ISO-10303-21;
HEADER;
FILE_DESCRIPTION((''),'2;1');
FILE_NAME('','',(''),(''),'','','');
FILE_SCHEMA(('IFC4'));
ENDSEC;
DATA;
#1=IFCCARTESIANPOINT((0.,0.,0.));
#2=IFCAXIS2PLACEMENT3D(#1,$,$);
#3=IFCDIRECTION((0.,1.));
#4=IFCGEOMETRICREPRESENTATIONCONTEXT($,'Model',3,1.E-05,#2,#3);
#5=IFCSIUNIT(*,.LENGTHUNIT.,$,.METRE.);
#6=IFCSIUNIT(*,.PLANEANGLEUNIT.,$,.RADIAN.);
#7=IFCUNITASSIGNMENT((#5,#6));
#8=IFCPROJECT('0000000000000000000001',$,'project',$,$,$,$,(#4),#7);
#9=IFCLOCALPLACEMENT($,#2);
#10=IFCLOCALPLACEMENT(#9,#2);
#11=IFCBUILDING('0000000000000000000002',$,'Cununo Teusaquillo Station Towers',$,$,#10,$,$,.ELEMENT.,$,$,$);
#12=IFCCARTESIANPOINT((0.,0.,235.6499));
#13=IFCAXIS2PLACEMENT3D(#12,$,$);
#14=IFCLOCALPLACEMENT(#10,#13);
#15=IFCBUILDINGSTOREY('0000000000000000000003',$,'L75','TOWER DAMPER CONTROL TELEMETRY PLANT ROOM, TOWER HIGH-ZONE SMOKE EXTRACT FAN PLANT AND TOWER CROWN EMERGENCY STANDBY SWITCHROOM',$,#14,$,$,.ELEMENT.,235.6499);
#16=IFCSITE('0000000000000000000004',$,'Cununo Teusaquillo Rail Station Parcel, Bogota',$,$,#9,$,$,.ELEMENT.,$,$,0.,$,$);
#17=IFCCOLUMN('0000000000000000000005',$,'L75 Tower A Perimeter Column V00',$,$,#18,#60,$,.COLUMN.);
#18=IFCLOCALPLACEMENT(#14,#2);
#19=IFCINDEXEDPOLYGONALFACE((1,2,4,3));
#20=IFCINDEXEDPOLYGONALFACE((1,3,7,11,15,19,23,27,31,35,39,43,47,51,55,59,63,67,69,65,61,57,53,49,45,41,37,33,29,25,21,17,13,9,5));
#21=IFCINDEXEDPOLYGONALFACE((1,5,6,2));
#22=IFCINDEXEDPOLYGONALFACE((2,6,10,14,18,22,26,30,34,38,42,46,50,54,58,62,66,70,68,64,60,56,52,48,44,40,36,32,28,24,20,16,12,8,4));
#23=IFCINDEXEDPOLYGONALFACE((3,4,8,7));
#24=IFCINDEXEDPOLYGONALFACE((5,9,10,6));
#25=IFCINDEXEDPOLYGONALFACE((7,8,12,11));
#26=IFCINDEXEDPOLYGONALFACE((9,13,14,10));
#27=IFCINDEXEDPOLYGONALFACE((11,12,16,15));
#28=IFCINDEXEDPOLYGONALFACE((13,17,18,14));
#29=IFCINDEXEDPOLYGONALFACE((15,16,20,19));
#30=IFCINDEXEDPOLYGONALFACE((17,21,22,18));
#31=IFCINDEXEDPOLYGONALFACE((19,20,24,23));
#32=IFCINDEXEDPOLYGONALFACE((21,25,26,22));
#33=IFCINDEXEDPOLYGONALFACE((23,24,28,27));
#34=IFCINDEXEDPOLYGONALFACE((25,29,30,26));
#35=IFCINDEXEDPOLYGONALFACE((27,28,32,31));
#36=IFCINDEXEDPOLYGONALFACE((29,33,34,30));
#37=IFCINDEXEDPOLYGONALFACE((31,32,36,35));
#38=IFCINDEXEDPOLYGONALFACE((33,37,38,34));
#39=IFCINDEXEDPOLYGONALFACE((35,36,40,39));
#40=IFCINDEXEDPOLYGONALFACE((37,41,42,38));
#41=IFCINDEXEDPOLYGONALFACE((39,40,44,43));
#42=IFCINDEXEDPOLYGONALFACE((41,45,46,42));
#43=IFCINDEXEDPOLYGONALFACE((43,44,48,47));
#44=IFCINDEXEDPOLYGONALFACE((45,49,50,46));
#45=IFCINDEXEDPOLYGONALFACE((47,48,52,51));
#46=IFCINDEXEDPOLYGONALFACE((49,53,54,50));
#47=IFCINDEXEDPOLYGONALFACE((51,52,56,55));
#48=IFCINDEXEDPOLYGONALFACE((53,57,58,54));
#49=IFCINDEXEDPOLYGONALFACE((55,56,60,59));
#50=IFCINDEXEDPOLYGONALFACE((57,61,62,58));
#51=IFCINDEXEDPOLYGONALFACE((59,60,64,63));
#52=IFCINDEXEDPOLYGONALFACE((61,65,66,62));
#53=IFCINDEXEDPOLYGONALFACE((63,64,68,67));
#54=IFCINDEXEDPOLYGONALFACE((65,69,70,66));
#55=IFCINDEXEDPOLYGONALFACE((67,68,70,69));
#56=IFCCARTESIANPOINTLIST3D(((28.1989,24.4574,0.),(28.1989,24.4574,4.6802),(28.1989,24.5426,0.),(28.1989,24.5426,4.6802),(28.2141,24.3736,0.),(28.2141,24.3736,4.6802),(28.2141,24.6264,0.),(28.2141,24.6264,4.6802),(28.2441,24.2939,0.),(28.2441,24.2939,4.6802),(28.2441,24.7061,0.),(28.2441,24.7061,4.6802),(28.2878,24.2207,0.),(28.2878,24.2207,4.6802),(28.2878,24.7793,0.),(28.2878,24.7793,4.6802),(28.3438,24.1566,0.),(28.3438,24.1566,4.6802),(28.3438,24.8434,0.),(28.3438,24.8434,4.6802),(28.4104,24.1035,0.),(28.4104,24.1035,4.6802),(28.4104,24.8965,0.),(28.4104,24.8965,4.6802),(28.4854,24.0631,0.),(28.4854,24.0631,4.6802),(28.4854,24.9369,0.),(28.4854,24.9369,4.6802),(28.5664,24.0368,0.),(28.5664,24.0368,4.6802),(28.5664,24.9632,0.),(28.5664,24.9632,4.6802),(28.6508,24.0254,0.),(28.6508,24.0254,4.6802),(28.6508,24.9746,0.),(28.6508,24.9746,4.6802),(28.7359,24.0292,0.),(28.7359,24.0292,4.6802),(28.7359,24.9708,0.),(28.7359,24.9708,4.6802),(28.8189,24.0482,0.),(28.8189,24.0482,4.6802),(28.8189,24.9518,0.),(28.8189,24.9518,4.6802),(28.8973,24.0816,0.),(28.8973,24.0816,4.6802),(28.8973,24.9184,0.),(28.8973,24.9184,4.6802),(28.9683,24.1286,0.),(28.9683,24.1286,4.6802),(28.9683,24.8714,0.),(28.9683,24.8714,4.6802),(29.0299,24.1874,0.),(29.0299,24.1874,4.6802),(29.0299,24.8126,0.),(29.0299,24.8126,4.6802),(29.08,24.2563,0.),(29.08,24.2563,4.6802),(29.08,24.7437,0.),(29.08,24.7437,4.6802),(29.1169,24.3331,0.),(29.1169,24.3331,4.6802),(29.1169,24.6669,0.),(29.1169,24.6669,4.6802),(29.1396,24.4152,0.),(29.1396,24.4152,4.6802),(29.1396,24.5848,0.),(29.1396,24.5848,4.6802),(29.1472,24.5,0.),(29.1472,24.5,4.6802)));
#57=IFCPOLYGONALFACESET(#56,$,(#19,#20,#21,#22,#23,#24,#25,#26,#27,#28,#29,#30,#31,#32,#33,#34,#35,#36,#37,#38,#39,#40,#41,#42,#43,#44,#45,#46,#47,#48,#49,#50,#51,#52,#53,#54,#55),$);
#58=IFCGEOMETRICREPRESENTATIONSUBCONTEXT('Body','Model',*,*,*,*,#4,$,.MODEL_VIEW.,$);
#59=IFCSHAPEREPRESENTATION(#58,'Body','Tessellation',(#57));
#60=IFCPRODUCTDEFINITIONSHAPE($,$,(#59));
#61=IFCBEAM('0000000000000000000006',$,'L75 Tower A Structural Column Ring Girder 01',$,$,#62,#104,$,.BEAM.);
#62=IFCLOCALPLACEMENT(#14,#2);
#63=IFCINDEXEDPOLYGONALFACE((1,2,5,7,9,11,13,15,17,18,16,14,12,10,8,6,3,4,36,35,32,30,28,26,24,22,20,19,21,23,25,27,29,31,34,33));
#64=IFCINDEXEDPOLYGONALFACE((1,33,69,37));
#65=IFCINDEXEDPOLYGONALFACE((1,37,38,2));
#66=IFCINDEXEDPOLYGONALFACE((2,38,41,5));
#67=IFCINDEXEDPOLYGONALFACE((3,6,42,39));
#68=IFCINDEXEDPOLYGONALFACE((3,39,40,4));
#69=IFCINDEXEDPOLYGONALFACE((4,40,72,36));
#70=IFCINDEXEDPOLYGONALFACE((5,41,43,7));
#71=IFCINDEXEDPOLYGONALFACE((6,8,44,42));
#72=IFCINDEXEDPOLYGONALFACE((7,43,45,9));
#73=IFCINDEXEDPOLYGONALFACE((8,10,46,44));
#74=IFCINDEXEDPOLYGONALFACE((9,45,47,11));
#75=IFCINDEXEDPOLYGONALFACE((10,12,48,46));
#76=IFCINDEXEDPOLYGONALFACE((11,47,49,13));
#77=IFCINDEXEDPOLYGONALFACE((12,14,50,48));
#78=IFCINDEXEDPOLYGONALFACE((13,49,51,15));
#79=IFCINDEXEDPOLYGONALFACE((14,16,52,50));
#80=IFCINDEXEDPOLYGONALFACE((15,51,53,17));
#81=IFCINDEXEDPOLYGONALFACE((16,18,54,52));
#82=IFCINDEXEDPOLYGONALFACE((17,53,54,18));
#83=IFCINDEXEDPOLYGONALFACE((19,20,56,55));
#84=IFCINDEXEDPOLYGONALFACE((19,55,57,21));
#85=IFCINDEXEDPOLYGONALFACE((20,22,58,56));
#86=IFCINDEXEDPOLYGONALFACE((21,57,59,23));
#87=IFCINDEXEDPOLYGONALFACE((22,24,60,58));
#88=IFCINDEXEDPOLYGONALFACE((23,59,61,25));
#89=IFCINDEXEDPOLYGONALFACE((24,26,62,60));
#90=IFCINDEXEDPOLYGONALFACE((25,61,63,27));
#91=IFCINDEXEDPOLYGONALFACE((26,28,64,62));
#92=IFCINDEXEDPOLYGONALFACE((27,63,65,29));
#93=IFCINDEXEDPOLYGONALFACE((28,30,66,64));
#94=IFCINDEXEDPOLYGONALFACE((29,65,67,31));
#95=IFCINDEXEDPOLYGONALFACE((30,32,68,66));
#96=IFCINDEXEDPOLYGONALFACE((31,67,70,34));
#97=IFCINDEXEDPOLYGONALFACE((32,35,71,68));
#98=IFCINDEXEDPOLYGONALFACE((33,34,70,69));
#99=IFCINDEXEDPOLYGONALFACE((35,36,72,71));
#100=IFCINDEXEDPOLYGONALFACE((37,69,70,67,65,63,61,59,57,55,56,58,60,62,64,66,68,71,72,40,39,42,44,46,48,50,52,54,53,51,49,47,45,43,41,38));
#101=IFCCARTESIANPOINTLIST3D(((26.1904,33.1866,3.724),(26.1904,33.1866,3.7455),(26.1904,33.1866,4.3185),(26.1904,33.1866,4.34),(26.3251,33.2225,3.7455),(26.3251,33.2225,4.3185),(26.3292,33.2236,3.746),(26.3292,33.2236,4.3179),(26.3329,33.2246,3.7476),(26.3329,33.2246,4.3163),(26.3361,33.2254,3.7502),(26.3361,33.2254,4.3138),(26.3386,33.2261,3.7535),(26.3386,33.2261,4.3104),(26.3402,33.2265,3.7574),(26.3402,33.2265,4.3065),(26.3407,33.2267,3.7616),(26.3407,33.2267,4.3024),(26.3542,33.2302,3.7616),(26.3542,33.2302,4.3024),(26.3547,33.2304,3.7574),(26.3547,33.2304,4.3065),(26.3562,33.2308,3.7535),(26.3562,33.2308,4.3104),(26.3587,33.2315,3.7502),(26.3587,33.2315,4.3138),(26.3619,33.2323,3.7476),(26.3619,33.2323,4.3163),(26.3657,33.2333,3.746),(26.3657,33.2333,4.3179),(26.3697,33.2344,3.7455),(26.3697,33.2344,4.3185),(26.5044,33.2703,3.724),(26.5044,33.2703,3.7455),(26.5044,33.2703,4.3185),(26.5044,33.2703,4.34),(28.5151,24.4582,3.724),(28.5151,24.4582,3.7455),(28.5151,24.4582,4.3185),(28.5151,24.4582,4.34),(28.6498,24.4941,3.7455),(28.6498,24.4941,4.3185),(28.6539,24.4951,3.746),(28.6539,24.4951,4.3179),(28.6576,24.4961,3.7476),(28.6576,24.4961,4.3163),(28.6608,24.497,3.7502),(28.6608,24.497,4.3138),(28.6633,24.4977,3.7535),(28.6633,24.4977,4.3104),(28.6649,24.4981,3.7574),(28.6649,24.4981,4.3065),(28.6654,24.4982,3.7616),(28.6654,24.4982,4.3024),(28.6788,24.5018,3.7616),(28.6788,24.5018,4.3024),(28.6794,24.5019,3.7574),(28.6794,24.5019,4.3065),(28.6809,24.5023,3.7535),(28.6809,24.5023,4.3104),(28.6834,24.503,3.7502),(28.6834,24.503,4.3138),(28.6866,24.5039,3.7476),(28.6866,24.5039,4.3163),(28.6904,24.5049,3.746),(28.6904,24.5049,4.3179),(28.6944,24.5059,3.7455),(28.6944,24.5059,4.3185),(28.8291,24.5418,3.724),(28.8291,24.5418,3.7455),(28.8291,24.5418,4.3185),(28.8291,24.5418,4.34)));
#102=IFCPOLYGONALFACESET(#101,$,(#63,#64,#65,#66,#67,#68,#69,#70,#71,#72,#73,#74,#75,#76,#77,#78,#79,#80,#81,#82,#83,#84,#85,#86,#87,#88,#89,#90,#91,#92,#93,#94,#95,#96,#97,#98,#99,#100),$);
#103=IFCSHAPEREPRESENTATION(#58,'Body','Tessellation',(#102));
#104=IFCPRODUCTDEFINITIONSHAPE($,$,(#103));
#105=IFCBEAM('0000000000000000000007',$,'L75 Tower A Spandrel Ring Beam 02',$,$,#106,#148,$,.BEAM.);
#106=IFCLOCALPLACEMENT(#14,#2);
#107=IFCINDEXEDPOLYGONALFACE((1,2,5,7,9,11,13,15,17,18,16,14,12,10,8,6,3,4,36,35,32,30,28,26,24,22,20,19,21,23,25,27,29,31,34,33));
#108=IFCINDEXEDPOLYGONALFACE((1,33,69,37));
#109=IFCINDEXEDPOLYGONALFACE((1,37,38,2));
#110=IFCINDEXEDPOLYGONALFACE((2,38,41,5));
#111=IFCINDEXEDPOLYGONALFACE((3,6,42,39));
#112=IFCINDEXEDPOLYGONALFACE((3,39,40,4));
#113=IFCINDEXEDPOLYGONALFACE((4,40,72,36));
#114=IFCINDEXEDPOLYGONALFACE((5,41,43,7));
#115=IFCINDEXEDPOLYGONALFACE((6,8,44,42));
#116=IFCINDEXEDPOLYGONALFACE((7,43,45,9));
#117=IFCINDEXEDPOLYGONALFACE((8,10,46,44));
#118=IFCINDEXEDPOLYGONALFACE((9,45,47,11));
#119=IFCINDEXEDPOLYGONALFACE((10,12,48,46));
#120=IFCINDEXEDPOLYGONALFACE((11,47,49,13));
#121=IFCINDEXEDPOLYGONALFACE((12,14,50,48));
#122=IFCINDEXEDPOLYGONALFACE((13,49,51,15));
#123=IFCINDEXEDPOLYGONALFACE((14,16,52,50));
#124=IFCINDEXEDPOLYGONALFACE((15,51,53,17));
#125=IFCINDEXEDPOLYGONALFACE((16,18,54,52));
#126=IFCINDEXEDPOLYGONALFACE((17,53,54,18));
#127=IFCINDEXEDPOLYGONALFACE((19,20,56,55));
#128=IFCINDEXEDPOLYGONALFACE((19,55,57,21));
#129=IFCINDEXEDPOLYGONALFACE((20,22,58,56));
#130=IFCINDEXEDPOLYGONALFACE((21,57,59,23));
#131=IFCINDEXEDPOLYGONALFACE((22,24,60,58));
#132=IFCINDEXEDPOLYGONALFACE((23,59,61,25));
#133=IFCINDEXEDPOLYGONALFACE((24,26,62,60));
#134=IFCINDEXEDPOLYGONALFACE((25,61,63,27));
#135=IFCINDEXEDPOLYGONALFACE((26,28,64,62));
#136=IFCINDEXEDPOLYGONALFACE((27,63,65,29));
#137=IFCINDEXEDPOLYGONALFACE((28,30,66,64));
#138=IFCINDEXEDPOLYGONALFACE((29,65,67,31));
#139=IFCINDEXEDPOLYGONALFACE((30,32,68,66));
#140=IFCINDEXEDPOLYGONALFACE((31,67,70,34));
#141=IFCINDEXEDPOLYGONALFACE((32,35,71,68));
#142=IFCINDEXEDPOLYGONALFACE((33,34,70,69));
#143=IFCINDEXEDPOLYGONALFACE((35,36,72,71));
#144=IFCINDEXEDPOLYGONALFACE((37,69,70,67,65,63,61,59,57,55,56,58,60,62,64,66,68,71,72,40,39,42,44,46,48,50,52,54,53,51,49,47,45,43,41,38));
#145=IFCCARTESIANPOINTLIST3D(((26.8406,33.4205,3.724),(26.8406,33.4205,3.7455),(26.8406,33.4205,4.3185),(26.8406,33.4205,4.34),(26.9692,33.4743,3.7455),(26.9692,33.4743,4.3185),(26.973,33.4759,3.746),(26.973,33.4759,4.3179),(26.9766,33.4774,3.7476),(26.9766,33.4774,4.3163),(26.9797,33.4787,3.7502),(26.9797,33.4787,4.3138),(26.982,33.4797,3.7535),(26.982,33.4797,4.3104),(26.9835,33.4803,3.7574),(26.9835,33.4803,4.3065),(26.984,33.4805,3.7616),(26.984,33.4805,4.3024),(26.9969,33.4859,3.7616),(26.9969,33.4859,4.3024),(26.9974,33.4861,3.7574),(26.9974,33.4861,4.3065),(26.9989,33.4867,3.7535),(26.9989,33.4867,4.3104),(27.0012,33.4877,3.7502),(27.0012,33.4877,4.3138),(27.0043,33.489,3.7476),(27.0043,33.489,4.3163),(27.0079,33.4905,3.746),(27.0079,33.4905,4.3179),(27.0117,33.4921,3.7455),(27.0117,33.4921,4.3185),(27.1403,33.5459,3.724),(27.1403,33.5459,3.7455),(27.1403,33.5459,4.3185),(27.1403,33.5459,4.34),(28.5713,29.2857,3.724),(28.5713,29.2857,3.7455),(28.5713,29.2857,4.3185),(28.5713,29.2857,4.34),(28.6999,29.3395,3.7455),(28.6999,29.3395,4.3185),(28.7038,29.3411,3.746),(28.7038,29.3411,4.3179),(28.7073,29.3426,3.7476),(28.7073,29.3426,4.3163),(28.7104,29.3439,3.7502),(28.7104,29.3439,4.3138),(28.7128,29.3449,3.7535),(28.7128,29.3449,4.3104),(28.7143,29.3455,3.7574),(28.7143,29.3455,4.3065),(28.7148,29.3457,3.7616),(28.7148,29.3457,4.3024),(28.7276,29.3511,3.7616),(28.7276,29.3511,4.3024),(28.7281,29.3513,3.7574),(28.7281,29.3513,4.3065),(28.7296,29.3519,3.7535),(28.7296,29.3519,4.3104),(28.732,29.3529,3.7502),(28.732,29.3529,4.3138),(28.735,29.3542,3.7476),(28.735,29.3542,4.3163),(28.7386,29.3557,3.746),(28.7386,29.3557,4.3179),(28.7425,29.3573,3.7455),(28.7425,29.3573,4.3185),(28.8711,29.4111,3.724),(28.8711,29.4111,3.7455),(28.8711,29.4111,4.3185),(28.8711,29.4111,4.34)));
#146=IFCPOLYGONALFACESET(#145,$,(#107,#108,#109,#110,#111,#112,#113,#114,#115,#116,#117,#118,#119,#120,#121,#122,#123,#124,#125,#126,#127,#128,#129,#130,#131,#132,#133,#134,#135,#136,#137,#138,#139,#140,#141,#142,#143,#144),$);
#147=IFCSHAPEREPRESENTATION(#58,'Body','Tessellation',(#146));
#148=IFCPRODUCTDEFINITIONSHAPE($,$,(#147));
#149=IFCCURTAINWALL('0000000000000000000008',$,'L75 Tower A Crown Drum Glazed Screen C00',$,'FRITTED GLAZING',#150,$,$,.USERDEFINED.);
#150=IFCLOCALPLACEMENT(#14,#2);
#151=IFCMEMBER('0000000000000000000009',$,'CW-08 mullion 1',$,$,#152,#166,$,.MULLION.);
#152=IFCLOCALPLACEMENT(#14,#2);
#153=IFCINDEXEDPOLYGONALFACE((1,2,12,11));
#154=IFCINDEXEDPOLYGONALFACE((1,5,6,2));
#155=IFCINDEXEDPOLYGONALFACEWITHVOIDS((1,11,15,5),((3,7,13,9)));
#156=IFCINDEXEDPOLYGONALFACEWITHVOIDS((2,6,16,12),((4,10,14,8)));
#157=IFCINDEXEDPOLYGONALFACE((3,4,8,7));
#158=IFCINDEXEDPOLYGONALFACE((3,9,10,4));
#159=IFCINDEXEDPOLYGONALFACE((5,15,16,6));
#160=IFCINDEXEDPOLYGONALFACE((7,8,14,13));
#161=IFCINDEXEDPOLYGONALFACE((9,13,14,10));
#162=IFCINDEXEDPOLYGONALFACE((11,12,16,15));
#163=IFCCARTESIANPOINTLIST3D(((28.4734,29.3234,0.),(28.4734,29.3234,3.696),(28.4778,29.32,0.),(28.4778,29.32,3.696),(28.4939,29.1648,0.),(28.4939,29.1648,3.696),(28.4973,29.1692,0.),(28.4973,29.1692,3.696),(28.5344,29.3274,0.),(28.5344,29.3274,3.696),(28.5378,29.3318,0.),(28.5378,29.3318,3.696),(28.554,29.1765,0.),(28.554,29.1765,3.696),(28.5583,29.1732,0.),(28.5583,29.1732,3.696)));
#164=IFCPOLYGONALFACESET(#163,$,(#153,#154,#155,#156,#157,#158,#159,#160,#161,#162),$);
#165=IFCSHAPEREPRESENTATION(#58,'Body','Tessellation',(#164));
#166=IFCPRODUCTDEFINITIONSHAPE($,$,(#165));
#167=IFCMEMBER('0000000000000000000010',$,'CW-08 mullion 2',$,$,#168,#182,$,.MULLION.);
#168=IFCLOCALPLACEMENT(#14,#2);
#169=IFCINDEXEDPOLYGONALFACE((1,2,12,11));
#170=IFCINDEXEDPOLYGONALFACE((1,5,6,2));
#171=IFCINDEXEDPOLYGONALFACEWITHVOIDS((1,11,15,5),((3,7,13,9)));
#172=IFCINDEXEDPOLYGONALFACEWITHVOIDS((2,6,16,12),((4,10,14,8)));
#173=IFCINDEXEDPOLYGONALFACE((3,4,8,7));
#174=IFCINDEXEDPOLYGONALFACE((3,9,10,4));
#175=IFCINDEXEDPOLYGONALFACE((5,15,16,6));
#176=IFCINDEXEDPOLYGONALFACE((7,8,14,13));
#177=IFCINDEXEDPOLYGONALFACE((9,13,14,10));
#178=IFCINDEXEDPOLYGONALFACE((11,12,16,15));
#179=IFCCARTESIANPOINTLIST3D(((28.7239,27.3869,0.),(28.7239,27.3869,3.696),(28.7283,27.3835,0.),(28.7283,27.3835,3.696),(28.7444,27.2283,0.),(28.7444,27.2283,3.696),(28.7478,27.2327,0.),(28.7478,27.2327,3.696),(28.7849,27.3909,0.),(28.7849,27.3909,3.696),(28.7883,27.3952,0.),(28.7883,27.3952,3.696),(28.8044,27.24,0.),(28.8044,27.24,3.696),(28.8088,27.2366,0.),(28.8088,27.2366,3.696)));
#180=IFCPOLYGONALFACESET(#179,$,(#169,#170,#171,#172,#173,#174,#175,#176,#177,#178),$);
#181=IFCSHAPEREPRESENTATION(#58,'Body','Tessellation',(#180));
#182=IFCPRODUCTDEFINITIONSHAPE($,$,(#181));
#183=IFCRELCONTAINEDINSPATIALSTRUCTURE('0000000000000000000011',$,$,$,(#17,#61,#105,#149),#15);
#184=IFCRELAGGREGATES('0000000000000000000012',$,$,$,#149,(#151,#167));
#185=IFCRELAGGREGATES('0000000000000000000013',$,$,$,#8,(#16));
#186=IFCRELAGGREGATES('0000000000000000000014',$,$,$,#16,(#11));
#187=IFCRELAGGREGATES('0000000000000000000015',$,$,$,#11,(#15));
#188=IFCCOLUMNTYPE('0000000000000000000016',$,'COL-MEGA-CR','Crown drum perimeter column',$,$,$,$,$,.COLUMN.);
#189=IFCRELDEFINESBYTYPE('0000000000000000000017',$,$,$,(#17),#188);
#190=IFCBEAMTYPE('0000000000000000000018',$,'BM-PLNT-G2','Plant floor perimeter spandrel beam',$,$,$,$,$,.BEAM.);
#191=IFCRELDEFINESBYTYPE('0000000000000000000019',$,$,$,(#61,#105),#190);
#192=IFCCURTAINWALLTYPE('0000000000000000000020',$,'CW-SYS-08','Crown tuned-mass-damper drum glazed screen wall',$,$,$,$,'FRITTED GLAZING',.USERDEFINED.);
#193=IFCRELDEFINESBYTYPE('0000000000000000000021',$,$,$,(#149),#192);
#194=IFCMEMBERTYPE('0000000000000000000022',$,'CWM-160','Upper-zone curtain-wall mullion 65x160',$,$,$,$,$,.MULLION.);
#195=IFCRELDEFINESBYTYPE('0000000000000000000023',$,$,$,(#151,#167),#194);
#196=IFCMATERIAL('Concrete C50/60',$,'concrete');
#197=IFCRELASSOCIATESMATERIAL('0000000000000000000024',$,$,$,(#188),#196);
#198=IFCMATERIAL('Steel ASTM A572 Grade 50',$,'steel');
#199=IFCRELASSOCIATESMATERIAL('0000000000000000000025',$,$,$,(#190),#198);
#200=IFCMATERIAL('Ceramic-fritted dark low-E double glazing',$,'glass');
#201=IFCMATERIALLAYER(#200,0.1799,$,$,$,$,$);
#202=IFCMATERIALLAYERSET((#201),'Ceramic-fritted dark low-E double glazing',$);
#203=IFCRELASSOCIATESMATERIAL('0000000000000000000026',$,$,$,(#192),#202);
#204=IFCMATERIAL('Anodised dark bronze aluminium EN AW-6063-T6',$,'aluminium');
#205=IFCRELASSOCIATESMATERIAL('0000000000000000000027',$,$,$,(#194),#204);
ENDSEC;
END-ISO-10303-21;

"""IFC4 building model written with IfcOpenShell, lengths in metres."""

from ifc_helpers import new_model, si_unit, direction, frame, origin, origin_2d, place, context, subcontext, project, spatial, hollow_rectangle, circle, i_section, extrude, material, layer, layer_set, material_profile, profile_set, type_object, element, aggregate, save


model = new_model("IFC4")

# Units and contexts
model_context = context("Model", 3, precision=1e-05, world=origin(), true_north=direction((0.0, 1.0)))
body_context = subcontext(model_context, "Body", "Model", "MODEL_VIEW")
ifc_project = project(units=[si_unit("LENGTHUNIT", "METRE"), si_unit("PLANEANGLEUNIT", "RADIAN")], contexts=[model_context])

# Site, building, storey
site_placement = place(None, origin())
site = spatial("IfcSite", under=ifc_project, at=site_placement, Name="Cununo Teusaquillo Rail Station Parcel, Bogota", CompositionType="ELEMENT", RefElevation=0.0)
building_placement = place(site_placement, origin())
building = spatial("IfcBuilding", under=site, at=building_placement, Name="Cununo Teusaquillo Station Towers", CompositionType="ELEMENT")
storey_placement = place(building_placement, frame((0.0, 0.0, 235.6499)))
storey = spatial("IfcBuildingStorey", under=building, at=storey_placement, Name="L75", Description="TOWER DAMPER CONTROL TELEMETRY PLANT ROOM, TOWER HIGH-ZONE SMOKE EXTRACT FAN PLANT AND TOWER CROWN EMERGENCY STANDBY SWITCHROOM", CompositionType="ELEMENT", Elevation=235.6499)

# Column
ifc_material_1 = material(Name="Concrete C50/60", Category="concrete")
ifc_material_profile_1 = material_profile(ifc_material_1, circle(Radius=0.4751, at=origin_2d()), Name="RC-CIRC-950")
ifc_profile_set_1 = profile_set([ifc_material_profile_1], Name="Concrete C50/60")
column_type = type_object("IfcColumnType", Name="COL-MEGA-CR", Description="Crown drum perimeter column", PredefinedType="COLUMN", material=ifc_profile_set_1)
column_placement = place(storey_placement, frame((28.6721, 24.5, 0.0), z_axis=(0.0, 0.0, 1.0), x_axis=(1.0, 0.0, 0.0)))
element("IfcColumn", 1, at=column_placement, inside=storey, type_object=column_type, Name="L75 Tower A Perimeter Column V00", PredefinedType="COLUMN", context=body_context, shape_type="SweptSolid", body=[
    extrude(circle(Radius=0.4751, at=origin_2d()), origin(), (0.0, 0.0, 1.0), 4.6802),
])

# Beams
ifc_material_2 = material(Name="Steel ASTM A572 Grade 50", Category="steel")
ifc_material_profile_2 = material_profile(ifc_material_2, i_section(OverallWidth=0.325, OverallDepth=0.616, WebThickness=0.0139, FlangeThickness=0.0215, FilletRadius=0.0161, at=origin_2d()), Name="W24X117")
ifc_profile_set_2 = profile_set([ifc_material_profile_2], Name="Steel ASTM A572 Grade 50")
beam_type = type_object("IfcBeamType", Name="BM-PLNT-G2", Description="Plant floor perimeter spandrel beam", PredefinedType="BEAM", material=ifc_profile_set_2)
beam_1_placement = place(storey_placement, frame((28.6721, 24.5, 4.032), z_axis=(-0.257363, 0.966315, 0.0), x_axis=(-0.966315, -0.257363, 0.0)))
element("IfcBeam", 2, at=beam_1_placement, inside=storey, type_object=beam_type, Name="L75 Tower A Structural Column Ring Girder 01", PredefinedType="BEAM", context=body_context, shape_type="SweptSolid", body=[
    extrude(i_section(OverallWidth=0.325, OverallDepth=0.616, WebThickness=0.0139, FlangeThickness=0.0215, FilletRadius=0.0161, at=origin_2d()), origin(), (0.0, 0.0, 1.0), 9.0327),
])
beam_2_placement = place(storey_placement, frame((28.7212, 29.3484, 4.032), z_axis=(-0.386115, 0.92245, 0.0), x_axis=(-0.92245, -0.386115, 0.0)))
element("IfcBeam", 3, at=beam_2_placement, inside=storey, type_object=beam_type, Name="L75 Tower A Spandrel Ring Beam 02", PredefinedType="BEAM", context=body_context, shape_type="SweptSolid", body=[
    extrude(i_section(OverallWidth=0.325, OverallDepth=0.616, WebThickness=0.0139, FlangeThickness=0.0215, FilletRadius=0.0161, at=origin_2d()), origin(), (0.0, 0.0, 1.0), 4.4824),
])

# Curtain wall, members
ifc_material_3 = material(Name="Ceramic-fritted dark low-E double glazing", Category="glass")
ifc_layer_1 = layer(ifc_material_3, 0.1799)
ifc_layer_set_1 = layer_set([ifc_layer_1], Name="Ceramic-fritted dark low-E double glazing")
curtain_wall_type = type_object("IfcCurtainWallType", Name="CW-SYS-08", Description="Crown tuned-mass-damper drum glazed screen wall", ElementType="FRITTED GLAZING", PredefinedType="USERDEFINED", material=ifc_layer_set_1)
curtain_wall_placement = place(storey_placement, origin())
curtain_wall = element("IfcCurtainWall", 4, at=curtain_wall_placement, inside=storey, type_object=curtain_wall_type, Name="L75 Tower A Crown Drum Glazed Screen C00", ObjectType="FRITTED GLAZING", PredefinedType="USERDEFINED")
ifc_material_4 = material(Name="Anodised dark bronze aluminium EN AW-6063-T6", Category="aluminium")
ifc_material_profile_3 = material_profile(ifc_material_4, hollow_rectangle(XDim=0.0649, YDim=0.1599, WallThickness=0.0039, at=origin_2d()), Name="CW-MULL-65x160")
ifc_profile_set_3 = profile_set([ifc_material_profile_3], Name="Anodised dark bronze aluminium EN AW-6063-T6")
member_type_1 = type_object("IfcMemberType", Name="CWM-160", Description="Upper-zone curtain-wall mullion 65x160", PredefinedType="MULLION", material=ifc_profile_set_3)
member_1_placement = place(storey_placement, frame((28.5159, 29.2483, 0.0), z_axis=(0.0, 0.0, 1.0), x_axis=(0.991742, 0.128253, 0.0)))
member_1 = element("IfcMember", 5, at=member_1_placement, type_object=member_type_1, Name="CW-08 mullion 1", PredefinedType="MULLION", context=body_context, shape_type="SweptSolid", body=[
    extrude(hollow_rectangle(XDim=0.0649, YDim=0.1599, WallThickness=0.0039, at=origin_2d()), origin(), (0.0, 0.0, 1.0), 3.696),
])
member_2_placement = place(storey_placement, frame((28.7664, 27.3118, 0.0), z_axis=(0.0, 0.0, 1.0), x_axis=(0.991742, 0.128253, 0.0)))
member_2 = element("IfcMember", 6, at=member_2_placement, type_object=member_type_1, Name="CW-08 mullion 2", PredefinedType="MULLION", context=body_context, shape_type="SweptSolid", body=[
    extrude(hollow_rectangle(XDim=0.0649, YDim=0.1599, WallThickness=0.0039, at=origin_2d()), origin(), (0.0, 0.0, 1.0), 3.696),
])

aggregate(curtain_wall, [member_1, member_2])

save(model, "model.ifc")
